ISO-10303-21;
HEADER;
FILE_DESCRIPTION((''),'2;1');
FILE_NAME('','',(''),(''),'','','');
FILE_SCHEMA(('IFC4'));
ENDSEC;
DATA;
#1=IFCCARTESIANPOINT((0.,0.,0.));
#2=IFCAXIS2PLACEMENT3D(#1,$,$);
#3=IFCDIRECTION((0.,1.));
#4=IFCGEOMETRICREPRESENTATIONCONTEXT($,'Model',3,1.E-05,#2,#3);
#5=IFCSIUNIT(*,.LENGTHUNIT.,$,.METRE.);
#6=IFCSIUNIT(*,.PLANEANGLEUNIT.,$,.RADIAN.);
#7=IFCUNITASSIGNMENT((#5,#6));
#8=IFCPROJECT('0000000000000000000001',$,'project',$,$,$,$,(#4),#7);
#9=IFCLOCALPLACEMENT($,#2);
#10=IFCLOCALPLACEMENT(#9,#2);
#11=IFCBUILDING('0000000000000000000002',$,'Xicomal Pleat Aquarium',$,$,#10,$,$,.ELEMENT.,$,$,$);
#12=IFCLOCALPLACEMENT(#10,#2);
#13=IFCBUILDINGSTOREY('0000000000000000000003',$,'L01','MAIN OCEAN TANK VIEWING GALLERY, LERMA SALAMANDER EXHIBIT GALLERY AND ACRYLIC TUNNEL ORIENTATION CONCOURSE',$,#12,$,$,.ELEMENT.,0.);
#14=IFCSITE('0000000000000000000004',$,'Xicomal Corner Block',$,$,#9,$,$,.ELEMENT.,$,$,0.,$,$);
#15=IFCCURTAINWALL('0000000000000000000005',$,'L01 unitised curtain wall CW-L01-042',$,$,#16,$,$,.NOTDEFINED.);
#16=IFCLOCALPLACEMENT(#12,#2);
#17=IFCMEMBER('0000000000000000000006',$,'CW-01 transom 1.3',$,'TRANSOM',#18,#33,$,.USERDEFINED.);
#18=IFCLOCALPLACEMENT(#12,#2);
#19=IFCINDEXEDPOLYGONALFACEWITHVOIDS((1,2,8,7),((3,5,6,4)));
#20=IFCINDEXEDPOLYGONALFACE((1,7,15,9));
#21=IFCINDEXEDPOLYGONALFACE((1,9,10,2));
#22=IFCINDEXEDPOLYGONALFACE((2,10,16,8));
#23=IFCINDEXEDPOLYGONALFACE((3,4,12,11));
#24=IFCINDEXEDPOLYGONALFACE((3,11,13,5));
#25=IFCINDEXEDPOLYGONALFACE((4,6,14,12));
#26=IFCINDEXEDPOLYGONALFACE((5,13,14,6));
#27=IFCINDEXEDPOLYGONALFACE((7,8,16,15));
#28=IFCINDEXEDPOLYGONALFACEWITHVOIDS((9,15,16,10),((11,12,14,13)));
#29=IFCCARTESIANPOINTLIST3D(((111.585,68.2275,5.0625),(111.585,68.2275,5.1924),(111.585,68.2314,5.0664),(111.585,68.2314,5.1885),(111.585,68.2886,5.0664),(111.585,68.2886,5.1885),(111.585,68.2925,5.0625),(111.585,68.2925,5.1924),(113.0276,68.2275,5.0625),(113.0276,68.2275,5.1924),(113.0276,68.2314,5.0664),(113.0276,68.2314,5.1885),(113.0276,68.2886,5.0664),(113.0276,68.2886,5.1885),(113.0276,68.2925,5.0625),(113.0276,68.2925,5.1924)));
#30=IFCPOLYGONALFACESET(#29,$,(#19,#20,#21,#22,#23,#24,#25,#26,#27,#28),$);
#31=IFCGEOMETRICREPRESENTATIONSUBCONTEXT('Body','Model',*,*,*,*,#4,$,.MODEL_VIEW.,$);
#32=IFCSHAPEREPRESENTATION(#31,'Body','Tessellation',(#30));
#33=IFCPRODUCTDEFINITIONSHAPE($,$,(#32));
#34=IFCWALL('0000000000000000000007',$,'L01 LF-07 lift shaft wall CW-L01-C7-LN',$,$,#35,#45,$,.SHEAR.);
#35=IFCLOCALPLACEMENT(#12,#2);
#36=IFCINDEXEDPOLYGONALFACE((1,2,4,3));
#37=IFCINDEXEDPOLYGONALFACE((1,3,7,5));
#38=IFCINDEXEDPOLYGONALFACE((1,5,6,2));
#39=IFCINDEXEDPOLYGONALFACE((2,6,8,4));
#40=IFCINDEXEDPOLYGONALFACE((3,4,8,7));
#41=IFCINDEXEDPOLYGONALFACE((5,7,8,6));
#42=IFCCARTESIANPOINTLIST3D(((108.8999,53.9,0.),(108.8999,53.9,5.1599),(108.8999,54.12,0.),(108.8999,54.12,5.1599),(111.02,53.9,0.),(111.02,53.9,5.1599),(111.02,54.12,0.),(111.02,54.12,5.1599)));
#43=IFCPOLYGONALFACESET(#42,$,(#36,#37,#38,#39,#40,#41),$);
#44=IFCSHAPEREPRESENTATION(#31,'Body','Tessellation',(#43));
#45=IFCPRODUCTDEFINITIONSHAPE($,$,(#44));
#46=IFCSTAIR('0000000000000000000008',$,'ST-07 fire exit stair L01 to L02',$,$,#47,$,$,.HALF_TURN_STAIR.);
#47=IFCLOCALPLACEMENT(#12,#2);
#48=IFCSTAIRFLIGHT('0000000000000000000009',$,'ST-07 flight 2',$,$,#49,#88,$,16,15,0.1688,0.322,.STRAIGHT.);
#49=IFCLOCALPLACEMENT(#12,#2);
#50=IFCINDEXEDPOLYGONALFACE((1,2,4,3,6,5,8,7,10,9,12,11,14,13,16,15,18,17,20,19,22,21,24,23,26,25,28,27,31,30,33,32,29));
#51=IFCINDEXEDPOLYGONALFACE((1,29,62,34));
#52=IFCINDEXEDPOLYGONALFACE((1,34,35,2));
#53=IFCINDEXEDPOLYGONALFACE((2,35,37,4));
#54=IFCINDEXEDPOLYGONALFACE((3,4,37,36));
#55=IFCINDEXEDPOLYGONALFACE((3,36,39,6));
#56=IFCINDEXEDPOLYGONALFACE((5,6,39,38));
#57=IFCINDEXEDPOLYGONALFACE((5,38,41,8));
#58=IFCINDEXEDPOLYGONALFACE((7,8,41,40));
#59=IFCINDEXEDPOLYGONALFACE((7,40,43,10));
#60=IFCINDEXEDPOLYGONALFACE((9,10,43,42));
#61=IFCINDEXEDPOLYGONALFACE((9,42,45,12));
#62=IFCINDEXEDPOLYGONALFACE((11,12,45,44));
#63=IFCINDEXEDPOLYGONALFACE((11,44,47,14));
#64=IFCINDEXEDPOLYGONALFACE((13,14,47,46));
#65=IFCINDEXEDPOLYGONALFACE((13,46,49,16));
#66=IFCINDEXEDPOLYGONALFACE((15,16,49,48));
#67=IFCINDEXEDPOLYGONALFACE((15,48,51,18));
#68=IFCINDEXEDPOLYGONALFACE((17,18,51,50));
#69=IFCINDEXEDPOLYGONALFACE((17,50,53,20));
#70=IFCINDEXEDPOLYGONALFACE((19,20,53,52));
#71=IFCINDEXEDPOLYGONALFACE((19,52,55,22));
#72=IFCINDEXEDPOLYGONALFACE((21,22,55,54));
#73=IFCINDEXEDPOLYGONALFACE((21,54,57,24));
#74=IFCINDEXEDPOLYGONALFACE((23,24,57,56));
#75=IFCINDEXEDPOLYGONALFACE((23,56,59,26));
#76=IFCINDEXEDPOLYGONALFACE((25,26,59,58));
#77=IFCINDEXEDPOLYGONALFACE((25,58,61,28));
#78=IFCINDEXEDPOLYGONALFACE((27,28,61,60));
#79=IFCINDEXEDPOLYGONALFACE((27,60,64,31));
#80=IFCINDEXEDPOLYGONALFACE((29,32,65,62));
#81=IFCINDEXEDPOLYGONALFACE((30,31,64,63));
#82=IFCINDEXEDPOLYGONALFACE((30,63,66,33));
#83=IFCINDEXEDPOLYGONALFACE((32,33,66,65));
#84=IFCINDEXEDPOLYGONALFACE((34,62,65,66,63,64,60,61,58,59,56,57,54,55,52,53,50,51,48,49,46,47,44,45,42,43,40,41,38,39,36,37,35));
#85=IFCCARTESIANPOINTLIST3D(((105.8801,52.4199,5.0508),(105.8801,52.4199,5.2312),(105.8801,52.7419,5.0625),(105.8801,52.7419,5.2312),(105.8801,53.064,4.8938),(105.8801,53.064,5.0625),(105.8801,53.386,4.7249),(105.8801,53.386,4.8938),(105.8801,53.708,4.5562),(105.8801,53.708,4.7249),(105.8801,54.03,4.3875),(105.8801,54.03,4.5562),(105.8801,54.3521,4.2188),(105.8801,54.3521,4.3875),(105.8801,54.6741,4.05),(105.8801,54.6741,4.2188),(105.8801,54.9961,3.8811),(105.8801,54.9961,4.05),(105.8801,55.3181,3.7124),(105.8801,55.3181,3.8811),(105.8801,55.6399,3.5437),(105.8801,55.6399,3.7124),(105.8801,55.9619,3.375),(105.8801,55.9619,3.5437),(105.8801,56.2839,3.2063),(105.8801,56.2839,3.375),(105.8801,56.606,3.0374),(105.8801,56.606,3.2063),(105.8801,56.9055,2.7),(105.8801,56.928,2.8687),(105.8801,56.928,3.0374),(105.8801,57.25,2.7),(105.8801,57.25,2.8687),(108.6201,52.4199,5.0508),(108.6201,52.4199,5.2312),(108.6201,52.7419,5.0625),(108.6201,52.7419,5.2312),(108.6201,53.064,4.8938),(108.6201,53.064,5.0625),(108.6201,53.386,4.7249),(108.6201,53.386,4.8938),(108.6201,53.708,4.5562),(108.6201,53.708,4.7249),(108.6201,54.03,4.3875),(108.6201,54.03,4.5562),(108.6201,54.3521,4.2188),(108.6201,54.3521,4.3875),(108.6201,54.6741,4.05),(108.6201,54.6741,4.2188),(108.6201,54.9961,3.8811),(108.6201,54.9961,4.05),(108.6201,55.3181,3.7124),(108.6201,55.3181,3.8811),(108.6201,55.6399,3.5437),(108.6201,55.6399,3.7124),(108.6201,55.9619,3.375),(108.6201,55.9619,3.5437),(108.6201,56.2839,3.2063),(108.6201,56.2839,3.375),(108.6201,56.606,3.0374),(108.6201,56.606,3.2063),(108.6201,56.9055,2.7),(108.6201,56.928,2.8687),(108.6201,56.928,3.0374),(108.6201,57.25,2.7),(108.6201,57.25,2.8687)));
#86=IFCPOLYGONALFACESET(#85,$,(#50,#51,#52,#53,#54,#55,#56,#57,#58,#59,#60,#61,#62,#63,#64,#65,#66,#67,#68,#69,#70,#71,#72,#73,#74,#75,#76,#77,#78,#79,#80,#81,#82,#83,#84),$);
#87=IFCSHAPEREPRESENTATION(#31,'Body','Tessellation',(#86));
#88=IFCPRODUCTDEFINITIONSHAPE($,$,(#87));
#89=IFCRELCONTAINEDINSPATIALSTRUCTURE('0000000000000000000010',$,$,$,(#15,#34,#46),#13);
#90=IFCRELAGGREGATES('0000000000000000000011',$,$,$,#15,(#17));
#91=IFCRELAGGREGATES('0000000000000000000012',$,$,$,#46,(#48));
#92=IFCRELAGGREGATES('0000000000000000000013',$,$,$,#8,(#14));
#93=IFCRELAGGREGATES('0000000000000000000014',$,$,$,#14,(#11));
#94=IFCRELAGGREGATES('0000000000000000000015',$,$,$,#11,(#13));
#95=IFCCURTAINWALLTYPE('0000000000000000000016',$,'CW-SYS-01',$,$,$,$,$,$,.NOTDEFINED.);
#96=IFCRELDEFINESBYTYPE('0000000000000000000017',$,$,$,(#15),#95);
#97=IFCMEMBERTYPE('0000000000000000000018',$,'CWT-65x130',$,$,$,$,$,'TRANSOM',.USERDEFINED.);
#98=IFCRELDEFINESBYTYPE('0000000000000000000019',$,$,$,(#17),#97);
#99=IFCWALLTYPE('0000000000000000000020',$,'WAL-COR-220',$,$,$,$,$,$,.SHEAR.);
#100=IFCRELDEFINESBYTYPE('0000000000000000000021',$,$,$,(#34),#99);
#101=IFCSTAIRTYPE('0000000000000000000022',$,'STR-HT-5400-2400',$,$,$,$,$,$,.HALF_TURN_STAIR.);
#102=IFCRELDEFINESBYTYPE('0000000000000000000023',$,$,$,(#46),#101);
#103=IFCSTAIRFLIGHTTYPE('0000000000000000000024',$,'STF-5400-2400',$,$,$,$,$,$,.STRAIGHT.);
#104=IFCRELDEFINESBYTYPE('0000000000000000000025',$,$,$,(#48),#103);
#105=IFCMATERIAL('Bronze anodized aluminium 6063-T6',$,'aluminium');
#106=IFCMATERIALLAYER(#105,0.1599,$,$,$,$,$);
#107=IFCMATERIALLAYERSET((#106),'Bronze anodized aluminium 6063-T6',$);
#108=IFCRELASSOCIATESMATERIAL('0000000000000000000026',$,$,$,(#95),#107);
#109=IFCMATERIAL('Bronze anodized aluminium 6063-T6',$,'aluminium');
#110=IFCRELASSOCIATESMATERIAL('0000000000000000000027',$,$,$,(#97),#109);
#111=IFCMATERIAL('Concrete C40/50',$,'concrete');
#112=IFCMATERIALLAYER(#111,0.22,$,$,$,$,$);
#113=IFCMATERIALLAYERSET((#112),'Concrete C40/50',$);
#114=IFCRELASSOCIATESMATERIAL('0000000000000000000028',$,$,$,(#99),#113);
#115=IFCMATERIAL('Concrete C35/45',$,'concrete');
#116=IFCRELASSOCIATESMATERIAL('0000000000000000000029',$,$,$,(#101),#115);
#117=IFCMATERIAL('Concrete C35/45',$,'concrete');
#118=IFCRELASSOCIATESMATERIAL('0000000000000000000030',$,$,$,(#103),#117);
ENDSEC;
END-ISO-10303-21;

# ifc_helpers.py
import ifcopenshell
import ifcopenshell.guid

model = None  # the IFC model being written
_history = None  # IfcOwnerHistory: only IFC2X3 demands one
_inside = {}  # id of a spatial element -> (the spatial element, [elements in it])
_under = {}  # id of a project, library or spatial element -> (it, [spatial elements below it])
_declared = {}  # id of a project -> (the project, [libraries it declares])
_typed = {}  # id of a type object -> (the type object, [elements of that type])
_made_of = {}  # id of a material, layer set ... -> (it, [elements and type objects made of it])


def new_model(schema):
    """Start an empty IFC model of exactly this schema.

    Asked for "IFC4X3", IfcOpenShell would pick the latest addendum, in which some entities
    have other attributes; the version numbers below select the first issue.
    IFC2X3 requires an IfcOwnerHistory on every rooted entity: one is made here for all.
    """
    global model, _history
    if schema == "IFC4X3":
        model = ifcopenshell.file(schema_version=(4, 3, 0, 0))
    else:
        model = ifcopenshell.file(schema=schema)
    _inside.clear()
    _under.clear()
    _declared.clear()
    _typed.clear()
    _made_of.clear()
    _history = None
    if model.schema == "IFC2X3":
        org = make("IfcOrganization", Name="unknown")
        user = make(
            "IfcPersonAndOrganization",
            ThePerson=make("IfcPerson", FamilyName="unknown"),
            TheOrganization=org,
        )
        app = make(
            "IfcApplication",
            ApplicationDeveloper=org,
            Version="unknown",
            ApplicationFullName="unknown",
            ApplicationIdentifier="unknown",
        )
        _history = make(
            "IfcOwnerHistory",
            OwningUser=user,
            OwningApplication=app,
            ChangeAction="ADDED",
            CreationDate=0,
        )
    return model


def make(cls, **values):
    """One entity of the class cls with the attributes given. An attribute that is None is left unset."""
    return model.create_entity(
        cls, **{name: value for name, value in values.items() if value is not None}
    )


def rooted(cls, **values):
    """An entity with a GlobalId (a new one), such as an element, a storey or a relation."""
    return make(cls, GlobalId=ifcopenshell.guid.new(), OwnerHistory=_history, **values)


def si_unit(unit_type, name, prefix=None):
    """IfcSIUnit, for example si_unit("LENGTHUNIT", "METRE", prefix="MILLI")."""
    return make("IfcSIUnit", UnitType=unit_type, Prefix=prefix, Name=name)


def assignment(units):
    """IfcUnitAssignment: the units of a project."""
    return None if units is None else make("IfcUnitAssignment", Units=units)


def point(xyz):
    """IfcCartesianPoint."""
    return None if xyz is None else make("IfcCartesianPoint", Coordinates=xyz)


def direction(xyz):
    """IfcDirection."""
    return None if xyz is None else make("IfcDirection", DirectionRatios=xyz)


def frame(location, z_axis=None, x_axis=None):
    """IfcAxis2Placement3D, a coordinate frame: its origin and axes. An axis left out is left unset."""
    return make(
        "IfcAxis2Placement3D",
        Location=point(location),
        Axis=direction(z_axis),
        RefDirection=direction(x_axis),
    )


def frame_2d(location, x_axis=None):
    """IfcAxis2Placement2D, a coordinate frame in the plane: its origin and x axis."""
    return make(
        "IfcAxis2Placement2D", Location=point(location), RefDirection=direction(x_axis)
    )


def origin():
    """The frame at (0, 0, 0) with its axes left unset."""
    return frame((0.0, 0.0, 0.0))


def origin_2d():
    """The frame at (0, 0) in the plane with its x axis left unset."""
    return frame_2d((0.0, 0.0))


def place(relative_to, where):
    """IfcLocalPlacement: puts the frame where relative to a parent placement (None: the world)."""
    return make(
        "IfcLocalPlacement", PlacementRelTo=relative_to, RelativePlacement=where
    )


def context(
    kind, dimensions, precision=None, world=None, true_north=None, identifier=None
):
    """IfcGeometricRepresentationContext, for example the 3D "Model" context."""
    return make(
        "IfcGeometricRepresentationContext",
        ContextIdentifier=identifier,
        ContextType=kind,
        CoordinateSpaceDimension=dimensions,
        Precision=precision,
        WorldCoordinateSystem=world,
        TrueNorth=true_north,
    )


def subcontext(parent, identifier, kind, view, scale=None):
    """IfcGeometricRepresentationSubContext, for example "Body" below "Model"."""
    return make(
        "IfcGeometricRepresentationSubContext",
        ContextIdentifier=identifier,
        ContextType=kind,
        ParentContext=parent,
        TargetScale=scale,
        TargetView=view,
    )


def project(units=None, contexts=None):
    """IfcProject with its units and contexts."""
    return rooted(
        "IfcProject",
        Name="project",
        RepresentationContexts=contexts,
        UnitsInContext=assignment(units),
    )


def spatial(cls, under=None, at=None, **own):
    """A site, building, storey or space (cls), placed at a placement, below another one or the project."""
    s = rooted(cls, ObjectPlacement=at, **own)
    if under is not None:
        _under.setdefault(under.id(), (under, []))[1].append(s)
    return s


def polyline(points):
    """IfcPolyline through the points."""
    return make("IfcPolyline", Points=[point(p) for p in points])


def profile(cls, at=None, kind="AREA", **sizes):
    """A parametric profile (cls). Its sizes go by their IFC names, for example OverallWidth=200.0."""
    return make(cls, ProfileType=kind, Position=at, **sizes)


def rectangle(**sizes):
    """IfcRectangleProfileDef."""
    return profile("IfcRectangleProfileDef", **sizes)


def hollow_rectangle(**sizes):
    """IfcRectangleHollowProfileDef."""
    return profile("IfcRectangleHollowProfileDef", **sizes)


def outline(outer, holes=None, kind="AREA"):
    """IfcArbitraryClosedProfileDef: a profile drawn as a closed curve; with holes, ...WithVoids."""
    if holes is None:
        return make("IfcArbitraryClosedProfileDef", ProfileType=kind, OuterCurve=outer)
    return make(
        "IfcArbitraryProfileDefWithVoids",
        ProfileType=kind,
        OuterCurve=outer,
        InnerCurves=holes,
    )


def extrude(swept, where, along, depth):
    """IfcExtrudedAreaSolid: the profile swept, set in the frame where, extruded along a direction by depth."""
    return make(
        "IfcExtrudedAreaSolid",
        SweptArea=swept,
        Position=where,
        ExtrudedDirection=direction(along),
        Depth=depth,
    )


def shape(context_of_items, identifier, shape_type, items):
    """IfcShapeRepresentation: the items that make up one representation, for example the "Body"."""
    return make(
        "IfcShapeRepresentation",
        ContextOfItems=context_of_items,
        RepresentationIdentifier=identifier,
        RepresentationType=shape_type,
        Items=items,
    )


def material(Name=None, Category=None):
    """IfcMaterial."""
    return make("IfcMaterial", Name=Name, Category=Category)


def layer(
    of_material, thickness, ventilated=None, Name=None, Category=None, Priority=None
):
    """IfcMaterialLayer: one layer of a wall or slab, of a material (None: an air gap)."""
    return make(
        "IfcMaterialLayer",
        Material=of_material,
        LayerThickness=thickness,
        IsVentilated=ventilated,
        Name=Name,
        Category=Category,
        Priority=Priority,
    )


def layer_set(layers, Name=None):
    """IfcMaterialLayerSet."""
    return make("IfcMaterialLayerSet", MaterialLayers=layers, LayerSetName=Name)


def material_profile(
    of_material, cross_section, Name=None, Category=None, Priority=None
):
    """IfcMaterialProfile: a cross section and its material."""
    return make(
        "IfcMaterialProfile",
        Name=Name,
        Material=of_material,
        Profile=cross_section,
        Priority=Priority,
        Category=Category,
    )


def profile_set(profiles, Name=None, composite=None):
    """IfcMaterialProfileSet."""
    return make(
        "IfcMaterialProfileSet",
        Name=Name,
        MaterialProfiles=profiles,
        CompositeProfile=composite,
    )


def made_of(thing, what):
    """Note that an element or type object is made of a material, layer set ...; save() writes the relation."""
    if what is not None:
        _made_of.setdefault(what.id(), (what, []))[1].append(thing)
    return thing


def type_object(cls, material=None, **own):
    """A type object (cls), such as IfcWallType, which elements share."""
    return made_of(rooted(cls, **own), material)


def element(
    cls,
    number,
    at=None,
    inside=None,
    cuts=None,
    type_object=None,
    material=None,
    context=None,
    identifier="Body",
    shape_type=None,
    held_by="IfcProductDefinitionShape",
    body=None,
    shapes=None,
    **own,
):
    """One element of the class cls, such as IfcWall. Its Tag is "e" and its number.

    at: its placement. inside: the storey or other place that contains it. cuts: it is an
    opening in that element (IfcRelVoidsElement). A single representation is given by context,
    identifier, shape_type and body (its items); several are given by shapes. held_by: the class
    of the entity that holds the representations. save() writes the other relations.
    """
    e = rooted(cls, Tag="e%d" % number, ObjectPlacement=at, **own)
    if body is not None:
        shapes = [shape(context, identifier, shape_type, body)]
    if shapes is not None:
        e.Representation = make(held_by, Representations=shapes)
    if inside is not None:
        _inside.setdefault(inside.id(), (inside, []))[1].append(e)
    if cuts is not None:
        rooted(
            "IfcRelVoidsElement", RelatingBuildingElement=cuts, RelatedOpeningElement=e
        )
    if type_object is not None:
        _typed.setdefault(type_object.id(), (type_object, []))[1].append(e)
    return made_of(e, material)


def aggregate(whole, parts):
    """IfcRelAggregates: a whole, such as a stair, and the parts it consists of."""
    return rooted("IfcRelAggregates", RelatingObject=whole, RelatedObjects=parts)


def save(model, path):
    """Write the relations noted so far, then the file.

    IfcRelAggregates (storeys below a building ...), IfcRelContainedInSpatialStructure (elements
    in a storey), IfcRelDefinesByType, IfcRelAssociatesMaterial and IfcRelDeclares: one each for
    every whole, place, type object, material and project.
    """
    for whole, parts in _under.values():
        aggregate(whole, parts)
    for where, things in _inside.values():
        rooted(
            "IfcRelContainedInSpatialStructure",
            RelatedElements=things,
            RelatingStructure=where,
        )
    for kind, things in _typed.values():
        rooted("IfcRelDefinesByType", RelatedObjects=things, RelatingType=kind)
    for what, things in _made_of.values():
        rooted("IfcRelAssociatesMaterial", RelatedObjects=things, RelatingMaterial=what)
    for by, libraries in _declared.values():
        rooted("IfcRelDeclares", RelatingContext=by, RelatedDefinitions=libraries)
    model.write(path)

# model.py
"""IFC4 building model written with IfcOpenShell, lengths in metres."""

from ifc_helpers import new_model, si_unit, direction, frame, frame_2d, origin, origin_2d, place, context, subcontext, project, spatial, polyline, rectangle, hollow_rectangle, outline, extrude, material, layer, layer_set, material_profile, profile_set, type_object, element, aggregate, save


model = new_model("IFC4")

# Units and contexts
model_context = context("Model", 3, precision=1e-05, world=origin(), true_north=direction((0.0, 1.0)))
body_context = subcontext(model_context, "Body", "Model", "MODEL_VIEW")
ifc_project = project(units=[si_unit("LENGTHUNIT", "METRE"), si_unit("PLANEANGLEUNIT", "RADIAN")], contexts=[model_context])

# Site, building, storey
site_placement = place(None, origin())
site = spatial("IfcSite", under=ifc_project, at=site_placement, Name="Xicomal Corner Block", CompositionType="ELEMENT", RefElevation=0.0)
building_placement = place(site_placement, origin())
building = spatial("IfcBuilding", under=site, at=building_placement, Name="Xicomal Pleat Aquarium", CompositionType="ELEMENT")
storey_placement = place(building_placement, origin())
storey = spatial("IfcBuildingStorey", under=building, at=storey_placement, Name="L01", Description="MAIN OCEAN TANK VIEWING GALLERY, LERMA SALAMANDER EXHIBIT GALLERY AND ACRYLIC TUNNEL ORIENTATION CONCOURSE", CompositionType="ELEMENT", Elevation=0.0)

# Curtain wall, member
ifc_material_1 = material(Name="Bronze anodized aluminium 6063-T6", Category="aluminium")
ifc_layer_1 = layer(ifc_material_1, 0.1599)
ifc_layer_set_1 = layer_set([ifc_layer_1], Name="Bronze anodized aluminium 6063-T6")
curtain_wall_type = type_object("IfcCurtainWallType", Name="CW-SYS-01", PredefinedType="NOTDEFINED", material=ifc_layer_set_1)
curtain_wall_placement = place(storey_placement, origin())
curtain_wall = element("IfcCurtainWall", 1, at=curtain_wall_placement, inside=storey, type_object=curtain_wall_type, Name="L01 unitised curtain wall CW-L01-042", PredefinedType="NOTDEFINED")
ifc_material_2 = material(Name="Bronze anodized aluminium 6063-T6", Category="aluminium")
ifc_material_profile_1 = material_profile(ifc_material_2, hollow_rectangle(XDim=0.0649, YDim=0.1299, WallThickness=0.0039, at=origin_2d()), Name="ALU TRAN 65x130")
ifc_profile_set_1 = profile_set([ifc_material_profile_1], Name="Bronze anodized aluminium 6063-T6")
member_type_1 = type_object("IfcMemberType", Name="CWT-65x130", ElementType="TRANSOM", PredefinedType="USERDEFINED", material=ifc_profile_set_1)
member_1_placement = place(storey_placement, frame((111.585, 68.26, 5.1274), z_axis=(1.0, 0.0, 0.0), x_axis=(0.0, 1.0, 0.0)))
member_1 = element("IfcMember", 2, at=member_1_placement, type_object=member_type_1, Name="CW-01 transom 1.3", ObjectType="TRANSOM", PredefinedType="USERDEFINED", context=body_context, shape_type="SweptSolid", body=[
    extrude(hollow_rectangle(XDim=0.0649, YDim=0.1299, WallThickness=0.0039, at=origin_2d()), origin(), (0.0, 0.0, 1.0), 1.4426),
])
aggregate(curtain_wall, [member_1])

# Wall
ifc_material_3 = material(Name="Concrete C40/50", Category="concrete")
ifc_layer_2 = layer(ifc_material_3, 0.22)
ifc_layer_set_2 = layer_set([ifc_layer_2], Name="Concrete C40/50")
wall_type = type_object("IfcWallType", Name="WAL-COR-220", PredefinedType="SHEAR", material=ifc_layer_set_2)
wall_placement = place(storey_placement, frame((108.8999, 54.01, 0.0), z_axis=(0.0, 0.0, 1.0), x_axis=(1.0, 0.0, 0.0)))
element("IfcWall", 3, at=wall_placement, inside=storey, type_object=wall_type, Name="L01 LF-07 lift shaft wall CW-L01-C7-LN", PredefinedType="SHEAR", context=body_context, shape_type="SweptSolid", body=[
    extrude(rectangle(XDim=2.1201, YDim=0.22, at=frame_2d((1.0601, 0.0))), origin(), (0.0, 0.0, 1.0), 5.1599),
])

# Stair, stair flight
ifc_material_4 = material(Name="Concrete C35/45", Category="concrete")
stair_type = type_object("IfcStairType", Name="STR-HT-5400-2400", PredefinedType="HALF_TURN_STAIR", material=ifc_material_4)
stair_placement = place(storey_placement, origin())
stair = element("IfcStair", 4, at=stair_placement, inside=storey, type_object=stair_type, Name="ST-07 fire exit stair L01 to L02", PredefinedType="HALF_TURN_STAIR")
ifc_material_5 = material(Name="Concrete C35/45", Category="concrete")
stair_flight_type = type_object("IfcStairFlightType", Name="STF-5400-2400", PredefinedType="STRAIGHT", material=ifc_material_5)
stair_flight_placement = place(storey_placement, frame((107.25, 57.25, 2.7), z_axis=(0.0, 0.0, 1.0), x_axis=(0.0, -1.0, 0.0)))
stair_flight = element("IfcStairFlight", 5, at=stair_flight_placement, type_object=stair_flight_type, Name="ST-07 flight 2", NumberOfRisers=16, NumberOfTreads=15, PredefinedType="STRAIGHT", RiserHeight=0.1688, TreadLength=0.322, context=body_context, shape_type="SweptSolid", body=[
    extrude(outline(polyline([(0.0, 0.0), (0.0, 0.1687), (0.322, 0.1687), (0.322, 0.3374), (0.644, 0.3374), (0.644, 0.5063), (0.9661, 0.5063), (0.9661, 0.675), (1.2881, 0.675), (1.2881, 0.8438), (1.6101, 0.8438), (1.6101, 1.0125), (1.9319, 1.0125), (1.9319, 1.1812), (2.2539, 1.1812), (2.2539, 1.3501), (2.5759, 1.3501), (2.5759, 1.5188), (2.8979, 1.5188), (2.8979, 1.6875), (3.22, 1.6875), (3.22, 1.8562), (3.542, 1.8562), (3.542, 2.0249), (3.864, 2.0249), (3.864, 2.1938), (4.186, 2.1938), (4.186, 2.3625), (4.5081, 2.3625), (4.5081, 2.5312), (4.8301, 2.5312), (4.8301, 2.7), (4.8301, 2.3508), (0.3445, 0.0), (0.0, 0.0)])), frame((0.0, 1.3701, 0.0), z_axis=(0.0, -1.0, 0.0), x_axis=(1.0, 0.0, 0.0)), (0.0, 0.0, 1.0), 2.74),
])
aggregate(stair, [stair_flight])

save(model, "model.ifc")
